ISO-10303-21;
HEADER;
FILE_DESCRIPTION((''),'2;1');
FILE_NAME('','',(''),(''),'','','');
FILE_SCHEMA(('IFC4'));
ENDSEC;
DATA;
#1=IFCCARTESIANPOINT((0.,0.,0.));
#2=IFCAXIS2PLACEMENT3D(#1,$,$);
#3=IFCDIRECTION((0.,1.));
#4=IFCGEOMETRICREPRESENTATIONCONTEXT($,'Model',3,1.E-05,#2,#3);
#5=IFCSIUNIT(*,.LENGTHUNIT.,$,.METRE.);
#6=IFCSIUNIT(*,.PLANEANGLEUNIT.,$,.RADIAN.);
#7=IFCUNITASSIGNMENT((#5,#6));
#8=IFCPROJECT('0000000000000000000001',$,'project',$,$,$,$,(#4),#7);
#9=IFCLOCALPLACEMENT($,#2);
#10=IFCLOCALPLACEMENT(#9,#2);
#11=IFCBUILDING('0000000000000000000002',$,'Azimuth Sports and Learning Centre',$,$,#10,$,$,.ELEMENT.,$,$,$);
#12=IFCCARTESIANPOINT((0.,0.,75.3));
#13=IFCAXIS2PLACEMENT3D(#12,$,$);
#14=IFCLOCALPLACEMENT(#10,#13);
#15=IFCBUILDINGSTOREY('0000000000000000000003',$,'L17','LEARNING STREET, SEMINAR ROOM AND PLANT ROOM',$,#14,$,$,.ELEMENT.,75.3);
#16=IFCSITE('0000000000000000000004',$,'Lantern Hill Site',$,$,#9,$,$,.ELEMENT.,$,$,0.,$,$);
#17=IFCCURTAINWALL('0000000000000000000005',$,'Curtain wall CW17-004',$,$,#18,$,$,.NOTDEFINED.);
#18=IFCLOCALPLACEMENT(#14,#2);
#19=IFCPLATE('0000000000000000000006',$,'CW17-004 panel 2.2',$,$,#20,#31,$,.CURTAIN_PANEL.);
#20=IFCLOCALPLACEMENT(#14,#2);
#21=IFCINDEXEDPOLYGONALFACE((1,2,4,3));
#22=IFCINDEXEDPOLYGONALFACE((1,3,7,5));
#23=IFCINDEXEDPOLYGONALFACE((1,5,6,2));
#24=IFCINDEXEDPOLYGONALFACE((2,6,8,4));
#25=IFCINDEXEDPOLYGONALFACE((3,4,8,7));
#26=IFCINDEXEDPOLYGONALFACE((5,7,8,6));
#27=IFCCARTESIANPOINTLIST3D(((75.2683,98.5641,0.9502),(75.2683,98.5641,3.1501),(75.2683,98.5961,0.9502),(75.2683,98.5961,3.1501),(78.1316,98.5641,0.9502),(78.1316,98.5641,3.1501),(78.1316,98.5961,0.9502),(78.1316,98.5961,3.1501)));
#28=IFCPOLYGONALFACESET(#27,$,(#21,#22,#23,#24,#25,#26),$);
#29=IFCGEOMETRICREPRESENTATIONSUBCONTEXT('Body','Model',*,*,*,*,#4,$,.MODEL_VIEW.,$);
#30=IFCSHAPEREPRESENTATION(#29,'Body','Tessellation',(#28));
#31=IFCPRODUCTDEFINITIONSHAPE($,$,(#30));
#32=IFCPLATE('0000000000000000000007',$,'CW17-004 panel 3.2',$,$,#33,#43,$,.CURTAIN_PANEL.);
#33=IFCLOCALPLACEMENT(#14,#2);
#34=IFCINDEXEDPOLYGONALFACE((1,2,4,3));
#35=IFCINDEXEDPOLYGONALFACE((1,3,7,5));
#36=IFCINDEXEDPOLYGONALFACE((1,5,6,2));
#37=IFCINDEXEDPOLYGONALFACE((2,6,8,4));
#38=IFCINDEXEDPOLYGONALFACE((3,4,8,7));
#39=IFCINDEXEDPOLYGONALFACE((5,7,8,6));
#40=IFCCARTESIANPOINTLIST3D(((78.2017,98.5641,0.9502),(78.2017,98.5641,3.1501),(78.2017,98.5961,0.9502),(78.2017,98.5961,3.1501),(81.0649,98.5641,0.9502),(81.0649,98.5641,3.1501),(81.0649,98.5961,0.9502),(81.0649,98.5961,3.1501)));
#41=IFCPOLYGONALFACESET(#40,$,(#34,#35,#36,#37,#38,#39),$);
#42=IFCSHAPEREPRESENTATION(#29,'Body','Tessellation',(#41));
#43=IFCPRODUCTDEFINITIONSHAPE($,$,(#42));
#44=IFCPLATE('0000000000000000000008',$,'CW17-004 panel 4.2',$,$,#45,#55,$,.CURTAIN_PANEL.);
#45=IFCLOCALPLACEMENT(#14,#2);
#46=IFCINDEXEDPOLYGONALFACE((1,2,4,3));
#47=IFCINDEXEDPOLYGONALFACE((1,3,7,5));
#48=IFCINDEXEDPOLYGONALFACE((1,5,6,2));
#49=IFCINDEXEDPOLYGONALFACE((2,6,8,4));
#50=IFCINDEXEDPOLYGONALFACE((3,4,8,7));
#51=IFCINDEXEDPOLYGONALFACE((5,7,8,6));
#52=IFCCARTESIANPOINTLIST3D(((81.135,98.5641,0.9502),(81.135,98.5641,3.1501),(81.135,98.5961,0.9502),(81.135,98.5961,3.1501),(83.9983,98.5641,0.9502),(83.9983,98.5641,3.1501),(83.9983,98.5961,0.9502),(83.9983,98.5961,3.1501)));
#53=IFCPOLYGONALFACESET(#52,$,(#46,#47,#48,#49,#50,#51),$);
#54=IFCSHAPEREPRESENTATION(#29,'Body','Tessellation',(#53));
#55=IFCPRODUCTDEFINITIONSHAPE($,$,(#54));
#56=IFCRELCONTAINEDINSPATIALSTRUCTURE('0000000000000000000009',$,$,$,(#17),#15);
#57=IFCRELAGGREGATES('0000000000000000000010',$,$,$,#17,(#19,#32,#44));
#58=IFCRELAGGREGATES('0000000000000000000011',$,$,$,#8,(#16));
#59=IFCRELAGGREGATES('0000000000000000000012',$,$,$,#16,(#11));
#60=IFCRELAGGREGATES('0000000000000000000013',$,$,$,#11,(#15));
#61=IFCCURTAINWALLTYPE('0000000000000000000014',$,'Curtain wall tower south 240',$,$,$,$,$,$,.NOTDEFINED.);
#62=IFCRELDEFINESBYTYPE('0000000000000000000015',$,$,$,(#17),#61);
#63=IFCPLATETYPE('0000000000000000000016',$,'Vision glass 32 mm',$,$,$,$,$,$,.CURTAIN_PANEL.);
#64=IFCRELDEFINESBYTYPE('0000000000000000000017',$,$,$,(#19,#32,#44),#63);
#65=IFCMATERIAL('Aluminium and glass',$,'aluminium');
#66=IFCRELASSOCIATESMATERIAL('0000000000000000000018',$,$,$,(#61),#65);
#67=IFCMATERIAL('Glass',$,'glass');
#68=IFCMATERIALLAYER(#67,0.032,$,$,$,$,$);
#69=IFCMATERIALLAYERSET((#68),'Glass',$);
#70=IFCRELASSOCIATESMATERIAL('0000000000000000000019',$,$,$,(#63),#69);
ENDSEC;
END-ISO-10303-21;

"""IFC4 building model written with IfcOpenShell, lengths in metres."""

from ifc_helpers import new_model, si_unit, direction, frame, origin, origin_2d, place, context, subcontext, project, spatial, rectangle, extrude, material, layer, layer_set, type_object, element, aggregate, save


model = new_model("IFC4")

# Units and contexts
model_context = context("Model", 3, precision=1e-05, world=origin(), true_north=direction((0.0, 1.0)))
body_context = subcontext(model_context, "Body", "Model", "MODEL_VIEW")
ifc_project = project(units=[si_unit("LENGTHUNIT", "METRE"), si_unit("PLANEANGLEUNIT", "RADIAN")], contexts=[model_context])

# Site, building, storey
site_placement = place(None, origin())
site = spatial("IfcSite", under=ifc_project, at=site_placement, Name="Lantern Hill Site", CompositionType="ELEMENT", RefElevation=0.0)
building_placement = place(site_placement, origin())
building = spatial("IfcBuilding", under=site, at=building_placement, Name="Azimuth Sports and Learning Centre", CompositionType="ELEMENT")
storey_placement = place(building_placement, frame((0.0, 0.0, 75.3)))
storey = spatial("IfcBuildingStorey", under=building, at=storey_placement, Name="L17", Description="LEARNING STREET, SEMINAR ROOM AND PLANT ROOM", CompositionType="ELEMENT", Elevation=75.3)

# Curtain wall, plates
ifc_material_1 = material(Name="Aluminium and glass", Category="aluminium")
curtain_wall_type = type_object("IfcCurtainWallType", Name="Curtain wall tower south 240", PredefinedType="NOTDEFINED", material=ifc_material_1)
curtain_wall_placement = place(storey_placement, origin())
curtain_wall = element("IfcCurtainWall", 1, at=curtain_wall_placement, inside=storey, type_object=curtain_wall_type, Name="Curtain wall CW17-004", PredefinedType="NOTDEFINED")
ifc_material_2 = material(Name="Glass", Category="glass")
ifc_layer_1 = layer(ifc_material_2, 0.032)
ifc_layer_set_1 = layer_set([ifc_layer_1], Name="Glass")
plate_type_1 = type_object("IfcPlateType", Name="Vision glass 32 mm", PredefinedType="CURTAIN_PANEL", material=ifc_layer_set_1)
plate_1_placement = place(storey_placement, frame((76.7, 98.5801, 0.9502), z_axis=(0.0, 0.0, 1.0), x_axis=(1.0, 0.0, 0.0)))
plate_1 = element("IfcPlate", 2, at=plate_1_placement, type_object=plate_type_1, Name="CW17-004 panel 2.2", PredefinedType="CURTAIN_PANEL", context=body_context, shape_type="SweptSolid", body=[
    extrude(rectangle(XDim=2.8633, YDim=0.032, at=origin_2d()), origin(), (0.0, 0.0, 1.0), 2.2),
])
plate_2_placement = place(storey_placement, frame((79.6333, 98.5801, 0.9502), z_axis=(0.0, 0.0, 1.0), x_axis=(1.0, 0.0, 0.0)))
plate_2 = element("IfcPlate", 3, at=plate_2_placement, type_object=plate_type_1, Name="CW17-004 panel 3.2", PredefinedType="CURTAIN_PANEL", context=body_context, shape_type="SweptSolid", body=[
    extrude(rectangle(XDim=2.8633, YDim=0.032, at=origin_2d()), origin(), (0.0, 0.0, 1.0), 2.2),
])
plate_3_placement = place(storey_placement, frame((82.5667, 98.5801, 0.9502), z_axis=(0.0, 0.0, 1.0), x_axis=(1.0, 0.0, 0.0)))
plate_3 = element("IfcPlate", 4, at=plate_3_placement, type_object=plate_type_1, Name="CW17-004 panel 4.2", PredefinedType="CURTAIN_PANEL", context=body_context, shape_type="SweptSolid", body=[
    extrude(rectangle(XDim=2.8633, YDim=0.032, at=origin_2d()), origin(), (0.0, 0.0, 1.0), 2.2),
])
aggregate(curtain_wall, [plate_1, plate_2, plate_3])

save(model, "model.ifc")
